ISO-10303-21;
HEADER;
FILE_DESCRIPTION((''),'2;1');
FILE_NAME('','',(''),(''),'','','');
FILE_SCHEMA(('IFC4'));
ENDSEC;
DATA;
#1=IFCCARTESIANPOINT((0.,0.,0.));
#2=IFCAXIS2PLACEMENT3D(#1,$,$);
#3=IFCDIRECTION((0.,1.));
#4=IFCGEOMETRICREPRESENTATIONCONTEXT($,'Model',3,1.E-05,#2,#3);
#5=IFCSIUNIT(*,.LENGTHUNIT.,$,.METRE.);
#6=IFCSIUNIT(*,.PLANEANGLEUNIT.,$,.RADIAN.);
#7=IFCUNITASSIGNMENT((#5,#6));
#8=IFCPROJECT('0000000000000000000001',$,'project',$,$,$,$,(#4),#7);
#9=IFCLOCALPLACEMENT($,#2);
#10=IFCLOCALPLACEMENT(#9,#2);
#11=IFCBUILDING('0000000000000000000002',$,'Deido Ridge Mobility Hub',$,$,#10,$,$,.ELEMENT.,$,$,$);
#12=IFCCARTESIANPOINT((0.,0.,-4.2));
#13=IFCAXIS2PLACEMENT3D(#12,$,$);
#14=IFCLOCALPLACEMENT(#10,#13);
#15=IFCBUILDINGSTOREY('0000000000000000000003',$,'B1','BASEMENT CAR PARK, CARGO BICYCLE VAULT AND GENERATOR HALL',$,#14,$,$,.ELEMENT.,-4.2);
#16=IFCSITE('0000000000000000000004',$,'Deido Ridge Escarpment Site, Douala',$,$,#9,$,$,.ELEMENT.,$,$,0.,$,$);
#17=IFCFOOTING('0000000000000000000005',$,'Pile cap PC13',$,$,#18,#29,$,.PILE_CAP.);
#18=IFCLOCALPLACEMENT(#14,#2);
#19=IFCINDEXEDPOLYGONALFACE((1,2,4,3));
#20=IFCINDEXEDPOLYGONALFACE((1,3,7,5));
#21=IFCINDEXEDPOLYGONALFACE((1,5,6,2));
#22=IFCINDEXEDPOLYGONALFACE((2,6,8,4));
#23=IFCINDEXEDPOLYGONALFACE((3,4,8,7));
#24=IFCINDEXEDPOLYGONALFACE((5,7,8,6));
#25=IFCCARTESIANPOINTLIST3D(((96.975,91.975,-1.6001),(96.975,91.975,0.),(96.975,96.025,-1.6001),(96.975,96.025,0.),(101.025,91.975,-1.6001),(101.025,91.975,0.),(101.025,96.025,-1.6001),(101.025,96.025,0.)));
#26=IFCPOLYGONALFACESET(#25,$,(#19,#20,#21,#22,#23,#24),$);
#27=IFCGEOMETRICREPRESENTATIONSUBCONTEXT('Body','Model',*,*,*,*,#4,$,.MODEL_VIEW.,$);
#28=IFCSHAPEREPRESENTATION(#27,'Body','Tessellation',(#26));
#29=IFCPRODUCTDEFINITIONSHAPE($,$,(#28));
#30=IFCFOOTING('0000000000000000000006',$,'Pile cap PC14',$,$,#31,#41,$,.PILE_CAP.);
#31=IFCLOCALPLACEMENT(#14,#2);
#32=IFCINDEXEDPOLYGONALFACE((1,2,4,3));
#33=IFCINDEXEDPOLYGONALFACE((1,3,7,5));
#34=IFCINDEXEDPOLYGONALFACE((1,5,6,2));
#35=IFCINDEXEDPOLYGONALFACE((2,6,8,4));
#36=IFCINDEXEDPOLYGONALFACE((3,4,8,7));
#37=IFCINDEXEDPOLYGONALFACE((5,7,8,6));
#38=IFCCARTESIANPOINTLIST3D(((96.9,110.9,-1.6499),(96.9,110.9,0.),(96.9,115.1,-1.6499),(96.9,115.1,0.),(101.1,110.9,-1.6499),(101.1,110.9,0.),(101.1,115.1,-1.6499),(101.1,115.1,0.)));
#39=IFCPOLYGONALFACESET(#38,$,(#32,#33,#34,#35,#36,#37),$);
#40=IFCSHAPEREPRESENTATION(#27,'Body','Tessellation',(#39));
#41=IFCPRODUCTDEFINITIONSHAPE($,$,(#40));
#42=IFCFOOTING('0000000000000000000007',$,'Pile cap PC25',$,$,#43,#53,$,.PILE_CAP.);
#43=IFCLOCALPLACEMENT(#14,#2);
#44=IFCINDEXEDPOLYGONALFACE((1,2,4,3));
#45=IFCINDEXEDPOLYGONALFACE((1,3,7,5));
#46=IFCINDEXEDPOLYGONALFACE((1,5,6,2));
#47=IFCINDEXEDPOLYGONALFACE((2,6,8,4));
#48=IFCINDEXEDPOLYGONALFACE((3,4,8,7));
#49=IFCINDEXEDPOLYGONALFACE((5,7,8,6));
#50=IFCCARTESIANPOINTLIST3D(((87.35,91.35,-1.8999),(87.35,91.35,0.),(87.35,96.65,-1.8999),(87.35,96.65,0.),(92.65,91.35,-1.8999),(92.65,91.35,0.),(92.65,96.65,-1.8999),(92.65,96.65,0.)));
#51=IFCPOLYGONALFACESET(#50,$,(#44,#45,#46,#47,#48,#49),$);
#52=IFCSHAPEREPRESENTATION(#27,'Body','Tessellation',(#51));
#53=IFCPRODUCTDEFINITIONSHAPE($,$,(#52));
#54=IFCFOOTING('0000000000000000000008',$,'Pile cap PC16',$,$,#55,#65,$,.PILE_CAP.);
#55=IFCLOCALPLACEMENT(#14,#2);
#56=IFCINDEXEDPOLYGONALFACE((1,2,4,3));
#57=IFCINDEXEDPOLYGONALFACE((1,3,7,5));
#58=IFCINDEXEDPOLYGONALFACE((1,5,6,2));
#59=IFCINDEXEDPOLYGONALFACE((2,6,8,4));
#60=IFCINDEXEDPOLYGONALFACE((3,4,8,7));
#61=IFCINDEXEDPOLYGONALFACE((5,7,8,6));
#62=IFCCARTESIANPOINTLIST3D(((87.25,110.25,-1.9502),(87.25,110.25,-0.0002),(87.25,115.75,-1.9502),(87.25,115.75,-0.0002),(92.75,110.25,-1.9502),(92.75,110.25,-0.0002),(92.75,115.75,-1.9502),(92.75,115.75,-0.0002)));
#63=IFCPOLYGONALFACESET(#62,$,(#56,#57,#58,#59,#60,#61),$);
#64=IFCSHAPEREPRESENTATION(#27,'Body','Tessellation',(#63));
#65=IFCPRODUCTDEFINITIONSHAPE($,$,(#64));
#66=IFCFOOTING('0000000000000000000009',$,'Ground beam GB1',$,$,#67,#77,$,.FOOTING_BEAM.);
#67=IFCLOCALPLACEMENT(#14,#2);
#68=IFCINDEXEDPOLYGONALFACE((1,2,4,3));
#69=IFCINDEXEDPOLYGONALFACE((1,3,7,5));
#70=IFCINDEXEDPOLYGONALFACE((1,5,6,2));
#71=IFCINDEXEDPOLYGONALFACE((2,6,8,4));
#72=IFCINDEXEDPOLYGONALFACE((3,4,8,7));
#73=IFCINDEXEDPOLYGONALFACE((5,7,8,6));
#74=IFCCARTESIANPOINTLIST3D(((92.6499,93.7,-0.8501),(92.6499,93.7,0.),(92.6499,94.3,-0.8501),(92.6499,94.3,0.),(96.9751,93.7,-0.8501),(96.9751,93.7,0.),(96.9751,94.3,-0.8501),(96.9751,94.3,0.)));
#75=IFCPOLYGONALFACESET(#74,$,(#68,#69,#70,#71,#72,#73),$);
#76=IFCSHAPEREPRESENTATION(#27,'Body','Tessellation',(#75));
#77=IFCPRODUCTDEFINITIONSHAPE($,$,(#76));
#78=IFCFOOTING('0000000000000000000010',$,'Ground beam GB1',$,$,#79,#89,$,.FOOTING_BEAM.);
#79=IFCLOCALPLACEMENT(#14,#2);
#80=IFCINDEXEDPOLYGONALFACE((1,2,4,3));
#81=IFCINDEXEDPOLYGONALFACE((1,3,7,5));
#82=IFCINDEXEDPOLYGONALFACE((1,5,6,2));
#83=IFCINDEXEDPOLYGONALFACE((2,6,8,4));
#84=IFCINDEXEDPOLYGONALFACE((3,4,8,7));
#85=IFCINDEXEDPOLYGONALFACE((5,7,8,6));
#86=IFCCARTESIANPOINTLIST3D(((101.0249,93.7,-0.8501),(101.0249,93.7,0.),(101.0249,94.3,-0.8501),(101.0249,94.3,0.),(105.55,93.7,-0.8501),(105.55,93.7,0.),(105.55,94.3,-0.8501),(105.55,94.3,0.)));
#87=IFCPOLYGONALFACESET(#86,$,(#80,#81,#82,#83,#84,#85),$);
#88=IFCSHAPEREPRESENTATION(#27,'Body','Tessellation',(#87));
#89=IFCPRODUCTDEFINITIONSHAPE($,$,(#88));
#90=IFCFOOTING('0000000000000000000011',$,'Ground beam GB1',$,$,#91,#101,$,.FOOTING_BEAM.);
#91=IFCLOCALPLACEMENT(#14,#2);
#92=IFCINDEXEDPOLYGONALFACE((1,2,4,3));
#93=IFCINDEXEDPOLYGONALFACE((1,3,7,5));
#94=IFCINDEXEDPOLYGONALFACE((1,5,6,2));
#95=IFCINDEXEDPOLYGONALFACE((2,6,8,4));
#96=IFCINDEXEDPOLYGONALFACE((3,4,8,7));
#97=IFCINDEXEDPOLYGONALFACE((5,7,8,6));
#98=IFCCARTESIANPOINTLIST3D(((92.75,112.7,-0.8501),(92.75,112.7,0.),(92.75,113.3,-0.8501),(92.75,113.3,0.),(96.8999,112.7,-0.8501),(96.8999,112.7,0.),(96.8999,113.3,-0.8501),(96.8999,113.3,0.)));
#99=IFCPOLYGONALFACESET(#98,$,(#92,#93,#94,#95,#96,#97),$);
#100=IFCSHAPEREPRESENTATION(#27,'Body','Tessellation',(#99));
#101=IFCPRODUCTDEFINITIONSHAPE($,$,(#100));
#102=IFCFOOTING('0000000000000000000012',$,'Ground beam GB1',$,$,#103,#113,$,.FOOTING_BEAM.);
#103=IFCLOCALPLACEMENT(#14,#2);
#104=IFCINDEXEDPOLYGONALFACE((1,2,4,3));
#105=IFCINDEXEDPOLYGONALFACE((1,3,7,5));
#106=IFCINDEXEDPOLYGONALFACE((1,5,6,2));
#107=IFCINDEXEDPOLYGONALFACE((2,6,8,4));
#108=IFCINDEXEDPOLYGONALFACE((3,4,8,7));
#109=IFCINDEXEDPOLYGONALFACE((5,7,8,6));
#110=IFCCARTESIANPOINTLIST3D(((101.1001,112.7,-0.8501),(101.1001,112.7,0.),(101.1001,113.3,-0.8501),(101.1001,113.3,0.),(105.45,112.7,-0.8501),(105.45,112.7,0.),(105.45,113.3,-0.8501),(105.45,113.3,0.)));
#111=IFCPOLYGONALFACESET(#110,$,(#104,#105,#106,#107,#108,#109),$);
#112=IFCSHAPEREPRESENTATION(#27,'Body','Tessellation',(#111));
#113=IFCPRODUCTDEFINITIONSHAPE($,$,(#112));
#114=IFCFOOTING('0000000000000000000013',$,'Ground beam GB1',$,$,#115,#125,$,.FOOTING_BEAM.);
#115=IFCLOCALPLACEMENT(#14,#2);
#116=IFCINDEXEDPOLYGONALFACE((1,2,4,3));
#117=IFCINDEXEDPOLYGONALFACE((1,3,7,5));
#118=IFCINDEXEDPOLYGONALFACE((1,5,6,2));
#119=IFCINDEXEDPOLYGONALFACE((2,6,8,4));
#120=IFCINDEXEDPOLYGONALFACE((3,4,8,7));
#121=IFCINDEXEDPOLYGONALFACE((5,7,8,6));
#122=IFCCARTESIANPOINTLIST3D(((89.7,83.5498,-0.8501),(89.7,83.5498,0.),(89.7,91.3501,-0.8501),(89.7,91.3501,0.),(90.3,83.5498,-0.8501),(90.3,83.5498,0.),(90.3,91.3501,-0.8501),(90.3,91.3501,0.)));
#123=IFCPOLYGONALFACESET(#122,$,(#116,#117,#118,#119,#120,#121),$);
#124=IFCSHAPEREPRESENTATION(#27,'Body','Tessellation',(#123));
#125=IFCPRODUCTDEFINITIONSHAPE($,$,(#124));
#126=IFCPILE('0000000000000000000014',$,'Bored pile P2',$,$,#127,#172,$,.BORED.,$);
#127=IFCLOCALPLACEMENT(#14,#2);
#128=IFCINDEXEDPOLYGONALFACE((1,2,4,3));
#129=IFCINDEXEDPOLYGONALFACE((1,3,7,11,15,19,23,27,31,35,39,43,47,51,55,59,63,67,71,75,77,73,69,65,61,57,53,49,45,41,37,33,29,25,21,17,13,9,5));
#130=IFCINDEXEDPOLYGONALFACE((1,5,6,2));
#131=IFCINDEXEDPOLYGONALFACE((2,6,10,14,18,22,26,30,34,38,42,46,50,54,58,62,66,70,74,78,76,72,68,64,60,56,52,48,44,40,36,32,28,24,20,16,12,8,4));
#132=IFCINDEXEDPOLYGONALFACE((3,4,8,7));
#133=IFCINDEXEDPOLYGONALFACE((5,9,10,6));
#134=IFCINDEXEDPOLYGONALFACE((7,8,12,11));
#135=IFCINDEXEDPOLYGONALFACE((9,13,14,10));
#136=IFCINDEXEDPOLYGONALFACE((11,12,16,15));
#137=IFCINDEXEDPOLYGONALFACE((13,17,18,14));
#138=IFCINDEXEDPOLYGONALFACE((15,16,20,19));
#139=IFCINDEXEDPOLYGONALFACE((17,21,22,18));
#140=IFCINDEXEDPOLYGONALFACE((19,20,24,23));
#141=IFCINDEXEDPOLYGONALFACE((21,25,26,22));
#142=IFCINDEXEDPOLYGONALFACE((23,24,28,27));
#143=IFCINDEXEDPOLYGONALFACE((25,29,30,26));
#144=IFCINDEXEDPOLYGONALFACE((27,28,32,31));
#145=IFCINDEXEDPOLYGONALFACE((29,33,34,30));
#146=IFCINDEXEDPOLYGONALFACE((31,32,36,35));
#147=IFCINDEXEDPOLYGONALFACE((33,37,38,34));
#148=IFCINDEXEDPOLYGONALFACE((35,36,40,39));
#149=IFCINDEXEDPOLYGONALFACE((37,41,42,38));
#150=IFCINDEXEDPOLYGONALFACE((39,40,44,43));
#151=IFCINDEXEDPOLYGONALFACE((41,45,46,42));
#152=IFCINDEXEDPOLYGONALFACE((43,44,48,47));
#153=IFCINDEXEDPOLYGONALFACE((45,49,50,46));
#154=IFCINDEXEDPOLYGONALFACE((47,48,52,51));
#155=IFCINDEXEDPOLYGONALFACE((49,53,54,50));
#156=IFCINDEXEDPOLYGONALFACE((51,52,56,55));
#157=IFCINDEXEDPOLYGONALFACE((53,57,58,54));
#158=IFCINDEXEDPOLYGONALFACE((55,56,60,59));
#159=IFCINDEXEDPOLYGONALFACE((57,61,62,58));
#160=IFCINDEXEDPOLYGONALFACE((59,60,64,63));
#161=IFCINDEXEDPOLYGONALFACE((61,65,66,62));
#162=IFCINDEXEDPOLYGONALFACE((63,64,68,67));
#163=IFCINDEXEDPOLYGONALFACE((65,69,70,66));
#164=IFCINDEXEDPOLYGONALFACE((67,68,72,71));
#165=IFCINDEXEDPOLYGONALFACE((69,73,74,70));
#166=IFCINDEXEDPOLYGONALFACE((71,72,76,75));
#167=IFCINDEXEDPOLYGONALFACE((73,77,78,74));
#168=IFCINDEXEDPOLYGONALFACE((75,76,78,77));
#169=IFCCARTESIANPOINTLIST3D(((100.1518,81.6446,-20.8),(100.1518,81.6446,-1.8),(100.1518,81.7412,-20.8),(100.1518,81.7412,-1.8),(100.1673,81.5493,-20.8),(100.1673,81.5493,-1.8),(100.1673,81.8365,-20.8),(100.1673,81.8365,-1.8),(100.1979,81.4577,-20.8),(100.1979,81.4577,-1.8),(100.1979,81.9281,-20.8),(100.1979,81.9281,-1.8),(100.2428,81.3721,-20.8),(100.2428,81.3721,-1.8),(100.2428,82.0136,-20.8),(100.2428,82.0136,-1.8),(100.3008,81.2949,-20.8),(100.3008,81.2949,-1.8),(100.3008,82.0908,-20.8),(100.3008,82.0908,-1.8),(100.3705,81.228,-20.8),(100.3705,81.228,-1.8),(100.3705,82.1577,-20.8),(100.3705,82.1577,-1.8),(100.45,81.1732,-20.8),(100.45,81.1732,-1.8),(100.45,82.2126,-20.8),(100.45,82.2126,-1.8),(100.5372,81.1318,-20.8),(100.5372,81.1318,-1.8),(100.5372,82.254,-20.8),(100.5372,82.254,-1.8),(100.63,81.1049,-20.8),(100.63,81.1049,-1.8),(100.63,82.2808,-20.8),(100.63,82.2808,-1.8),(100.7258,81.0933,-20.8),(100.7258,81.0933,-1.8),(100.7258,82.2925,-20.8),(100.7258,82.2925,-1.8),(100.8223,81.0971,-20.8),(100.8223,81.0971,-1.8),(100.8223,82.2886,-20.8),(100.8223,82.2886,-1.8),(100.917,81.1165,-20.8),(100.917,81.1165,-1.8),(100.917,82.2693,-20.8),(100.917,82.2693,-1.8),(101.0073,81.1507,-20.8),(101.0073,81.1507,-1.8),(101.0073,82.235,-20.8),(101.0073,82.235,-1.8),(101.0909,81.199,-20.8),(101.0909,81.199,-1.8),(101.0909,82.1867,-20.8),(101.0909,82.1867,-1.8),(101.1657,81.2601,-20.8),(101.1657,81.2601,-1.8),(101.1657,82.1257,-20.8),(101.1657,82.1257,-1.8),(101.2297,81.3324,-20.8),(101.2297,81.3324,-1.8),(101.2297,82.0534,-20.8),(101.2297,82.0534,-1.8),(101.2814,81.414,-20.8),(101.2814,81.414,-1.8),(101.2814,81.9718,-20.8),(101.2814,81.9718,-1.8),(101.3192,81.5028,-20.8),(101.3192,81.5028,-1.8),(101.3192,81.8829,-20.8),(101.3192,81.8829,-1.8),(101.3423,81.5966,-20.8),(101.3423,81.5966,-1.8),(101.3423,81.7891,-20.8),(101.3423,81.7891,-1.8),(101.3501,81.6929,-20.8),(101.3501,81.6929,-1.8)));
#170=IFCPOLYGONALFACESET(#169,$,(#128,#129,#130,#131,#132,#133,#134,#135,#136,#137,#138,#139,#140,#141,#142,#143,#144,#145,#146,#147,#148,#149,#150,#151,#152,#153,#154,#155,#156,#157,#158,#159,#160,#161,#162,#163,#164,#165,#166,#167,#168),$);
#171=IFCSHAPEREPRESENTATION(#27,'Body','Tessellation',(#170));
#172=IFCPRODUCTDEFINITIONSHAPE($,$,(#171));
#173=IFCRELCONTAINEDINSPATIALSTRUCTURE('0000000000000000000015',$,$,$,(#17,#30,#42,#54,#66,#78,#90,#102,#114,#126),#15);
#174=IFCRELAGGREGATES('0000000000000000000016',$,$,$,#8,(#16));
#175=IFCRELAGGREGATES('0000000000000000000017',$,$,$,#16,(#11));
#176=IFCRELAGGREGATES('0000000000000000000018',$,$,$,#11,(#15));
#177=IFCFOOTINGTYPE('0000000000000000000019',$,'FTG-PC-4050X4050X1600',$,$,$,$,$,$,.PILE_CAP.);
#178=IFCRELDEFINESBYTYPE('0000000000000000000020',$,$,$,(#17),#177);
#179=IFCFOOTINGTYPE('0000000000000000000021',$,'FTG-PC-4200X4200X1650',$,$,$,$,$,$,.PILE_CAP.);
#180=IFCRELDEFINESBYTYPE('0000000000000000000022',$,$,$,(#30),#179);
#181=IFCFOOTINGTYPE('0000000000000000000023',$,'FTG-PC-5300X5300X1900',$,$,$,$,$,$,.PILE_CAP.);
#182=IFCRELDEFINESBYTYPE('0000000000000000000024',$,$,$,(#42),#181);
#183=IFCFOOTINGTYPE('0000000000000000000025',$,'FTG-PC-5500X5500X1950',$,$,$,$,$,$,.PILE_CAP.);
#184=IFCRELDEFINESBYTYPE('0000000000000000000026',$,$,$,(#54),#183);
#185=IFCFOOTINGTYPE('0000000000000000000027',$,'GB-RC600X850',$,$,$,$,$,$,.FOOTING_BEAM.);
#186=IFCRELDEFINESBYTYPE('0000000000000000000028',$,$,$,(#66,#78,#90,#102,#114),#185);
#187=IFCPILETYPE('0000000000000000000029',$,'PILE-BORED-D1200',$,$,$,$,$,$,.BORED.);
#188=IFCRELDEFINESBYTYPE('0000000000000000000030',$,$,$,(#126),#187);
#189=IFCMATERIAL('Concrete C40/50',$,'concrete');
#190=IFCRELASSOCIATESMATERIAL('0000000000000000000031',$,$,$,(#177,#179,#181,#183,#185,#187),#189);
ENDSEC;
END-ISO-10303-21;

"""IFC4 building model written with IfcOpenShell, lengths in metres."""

from ifc_helpers import new_model, si_unit, direction, frame, origin, origin_2d, place, context, subcontext, project, spatial, rectangle, circle, extrude, material, material_profile, profile_set, type_object, element, save


model = new_model("IFC4")

# Units and contexts
model_context = context("Model", 3, precision=1e-05, world=origin(), true_north=direction((0.0, 1.0)))
body_context = subcontext(model_context, "Body", "Model", "MODEL_VIEW")
ifc_project = project(units=[si_unit("LENGTHUNIT", "METRE"), si_unit("PLANEANGLEUNIT", "RADIAN")], contexts=[model_context])

# Site, building, storey
site_placement = place(None, origin())
site = spatial("IfcSite", under=ifc_project, at=site_placement, Name="Deido Ridge Escarpment Site, Douala", CompositionType="ELEMENT", RefElevation=0.0)
building_placement = place(site_placement, origin())
building = spatial("IfcBuilding", under=site, at=building_placement, Name="Deido Ridge Mobility Hub", CompositionType="ELEMENT")
storey_placement = place(building_placement, frame((0.0, 0.0, -4.2)))
storey = spatial("IfcBuildingStorey", under=building, at=storey_placement, Name="B1", Description="BASEMENT CAR PARK, CARGO BICYCLE VAULT AND GENERATOR HALL", CompositionType="ELEMENT", Elevation=-4.2)

# Footings
ifc_material_1 = material(Name="Concrete C40/50", Category="concrete")
footing_type_1 = type_object("IfcFootingType", Name="FTG-PC-4050X4050X1600", PredefinedType="PILE_CAP", material=ifc_material_1)
footing_1_placement = place(storey_placement, frame((99.0, 94.0, -1.6001), z_axis=(0.0, 0.0, 1.0), x_axis=(1.0, 0.0, 0.0)))
element("IfcFooting", 1, at=footing_1_placement, inside=storey, type_object=footing_type_1, Name="Pile cap PC13", PredefinedType="PILE_CAP", context=body_context, shape_type="SweptSolid", body=[
    extrude(rectangle(XDim=4.05, YDim=4.05, at=origin_2d()), origin(), (0.0, 0.0, 1.0), 1.6001),
])
footing_type_2 = type_object("IfcFootingType", Name="FTG-PC-4200X4200X1650", PredefinedType="PILE_CAP", material=ifc_material_1)
footing_2_placement = place(storey_placement, frame((99.0, 113.0, -1.6499), z_axis=(0.0, 0.0, 1.0), x_axis=(1.0, 0.0, 0.0)))
element("IfcFooting", 2, at=footing_2_placement, inside=storey, type_object=footing_type_2, Name="Pile cap PC14", PredefinedType="PILE_CAP", context=body_context, shape_type="SweptSolid", body=[
    extrude(rectangle(XDim=4.2, YDim=4.2, at=origin_2d()), origin(), (0.0, 0.0, 1.0), 1.6499),
])
footing_type_3 = type_object("IfcFootingType", Name="FTG-PC-5300X5300X1900", PredefinedType="PILE_CAP", material=ifc_material_1)
footing_3_placement = place(storey_placement, frame((90.0, 94.0, -1.8999), z_axis=(0.0, 0.0, 1.0), x_axis=(1.0, 0.0, 0.0)))
element("IfcFooting", 3, at=footing_3_placement, inside=storey, type_object=footing_type_3, Name="Pile cap PC25", PredefinedType="PILE_CAP", context=body_context, shape_type="SweptSolid", body=[
    extrude(rectangle(XDim=5.3, YDim=5.3, at=origin_2d()), origin(), (0.0, 0.0, 1.0), 1.8999),
])
footing_type_4 = type_object("IfcFootingType", Name="FTG-PC-5500X5500X1950", PredefinedType="PILE_CAP", material=ifc_material_1)
footing_4_placement = place(storey_placement, frame((90.0, 113.0, -1.9502), z_axis=(0.0, 0.0, 1.0), x_axis=(1.0, 0.0, 0.0)))
element("IfcFooting", 4, at=footing_4_placement, inside=storey, type_object=footing_type_4, Name="Pile cap PC16", PredefinedType="PILE_CAP", context=body_context, shape_type="SweptSolid", body=[
    extrude(rectangle(XDim=5.5, YDim=5.5, at=origin_2d()), origin(), (0.0, 0.0, 1.0), 1.95),
])
ifc_material_profile_1 = material_profile(ifc_material_1, rectangle(XDim=0.6001, YDim=0.8501, at=origin_2d()), Name="RC GB 600x850")
ifc_profile_set_1 = profile_set([ifc_material_profile_1], Name="Concrete C40/50")
footing_type_5 = type_object("IfcFootingType", Name="GB-RC600X850", PredefinedType="FOOTING_BEAM", material=ifc_profile_set_1)
footing_5_placement = place(storey_placement, frame((92.6499, 94.0, -0.425), z_axis=(1.0, 0.0, 0.0), x_axis=(0.0, 1.0, 0.0)))
element("IfcFooting", 5, at=footing_5_placement, inside=storey, type_object=footing_type_5, Name="Ground beam GB1", PredefinedType="FOOTING_BEAM", context=body_context, shape_type="SweptSolid", body=[
    extrude(rectangle(XDim=0.6001, YDim=0.8501, at=origin_2d()), origin(), (0.0, 0.0, 1.0), 4.3252),
])
footing_6_placement = place(storey_placement, frame((101.0249, 94.0, -0.425), z_axis=(1.0, 0.0, 0.0), x_axis=(0.0, 1.0, 0.0)))
element("IfcFooting", 6, at=footing_6_placement, inside=storey, type_object=footing_type_5, Name="Ground beam GB1", PredefinedType="FOOTING_BEAM", context=body_context, shape_type="SweptSolid", body=[
    extrude(rectangle(XDim=0.6001, YDim=0.8501, at=origin_2d()), origin(), (0.0, 0.0, 1.0), 4.5251),
])
footing_7_placement = place(storey_placement, frame((92.75, 113.0, -0.425), z_axis=(1.0, 0.0, 0.0), x_axis=(0.0, 1.0, 0.0)))
element("IfcFooting", 7, at=footing_7_placement, inside=storey, type_object=footing_type_5, Name="Ground beam GB1", PredefinedType="FOOTING_BEAM", context=body_context, shape_type="SweptSolid", body=[
    extrude(rectangle(XDim=0.6001, YDim=0.8501, at=origin_2d()), origin(), (0.0, 0.0, 1.0), 4.1499),
])
footing_8_placement = place(storey_placement, frame((101.1001, 113.0, -0.425), z_axis=(1.0, 0.0, 0.0), x_axis=(0.0, 1.0, 0.0)))
element("IfcFooting", 8, at=footing_8_placement, inside=storey, type_object=footing_type_5, Name="Ground beam GB1", PredefinedType="FOOTING_BEAM", context=body_context, shape_type="SweptSolid", body=[
    extrude(rectangle(XDim=0.6001, YDim=0.8501, at=origin_2d()), origin(), (0.0, 0.0, 1.0), 4.3499),
])
footing_9_placement = place(storey_placement, frame((90.0, 83.5498, -0.425), z_axis=(0.0, 1.0, 0.0), x_axis=(-1.0, 0.0, 0.0)))
element("IfcFooting", 9, at=footing_9_placement, inside=storey, type_object=footing_type_5, Name="Ground beam GB1", PredefinedType="FOOTING_BEAM", context=body_context, shape_type="SweptSolid", body=[
    extrude(rectangle(XDim=0.6001, YDim=0.8501, at=origin_2d()), origin(), (0.0, 0.0, 1.0), 7.8003),
])

# Pile
ifc_material_profile_2 = material_profile(ifc_material_1, circle(Radius=0.6001, at=origin_2d()), Name="BORED PILE D1200")
ifc_profile_set_2 = profile_set([ifc_material_profile_2], Name="Concrete C40/50")
pile_type_1 = type_object("IfcPileType", Name="PILE-BORED-D1200", PredefinedType="BORED", material=ifc_profile_set_2)
pile_1_placement = place(storey_placement, frame((100.75, 81.6929, -1.8), z_axis=(0.0, 0.0, -1.0), x_axis=(1.0, 0.0, 0.0)))
element("IfcPile", 10, at=pile_1_placement, inside=storey, type_object=pile_type_1, Name="Bored pile P2", PredefinedType="BORED", context=body_context, shape_type="SweptSolid", body=[
    extrude(circle(Radius=0.6001, at=origin_2d()), origin(), (0.0, 0.0, 1.0), 19.0),
])

save(model, "model.ifc")
